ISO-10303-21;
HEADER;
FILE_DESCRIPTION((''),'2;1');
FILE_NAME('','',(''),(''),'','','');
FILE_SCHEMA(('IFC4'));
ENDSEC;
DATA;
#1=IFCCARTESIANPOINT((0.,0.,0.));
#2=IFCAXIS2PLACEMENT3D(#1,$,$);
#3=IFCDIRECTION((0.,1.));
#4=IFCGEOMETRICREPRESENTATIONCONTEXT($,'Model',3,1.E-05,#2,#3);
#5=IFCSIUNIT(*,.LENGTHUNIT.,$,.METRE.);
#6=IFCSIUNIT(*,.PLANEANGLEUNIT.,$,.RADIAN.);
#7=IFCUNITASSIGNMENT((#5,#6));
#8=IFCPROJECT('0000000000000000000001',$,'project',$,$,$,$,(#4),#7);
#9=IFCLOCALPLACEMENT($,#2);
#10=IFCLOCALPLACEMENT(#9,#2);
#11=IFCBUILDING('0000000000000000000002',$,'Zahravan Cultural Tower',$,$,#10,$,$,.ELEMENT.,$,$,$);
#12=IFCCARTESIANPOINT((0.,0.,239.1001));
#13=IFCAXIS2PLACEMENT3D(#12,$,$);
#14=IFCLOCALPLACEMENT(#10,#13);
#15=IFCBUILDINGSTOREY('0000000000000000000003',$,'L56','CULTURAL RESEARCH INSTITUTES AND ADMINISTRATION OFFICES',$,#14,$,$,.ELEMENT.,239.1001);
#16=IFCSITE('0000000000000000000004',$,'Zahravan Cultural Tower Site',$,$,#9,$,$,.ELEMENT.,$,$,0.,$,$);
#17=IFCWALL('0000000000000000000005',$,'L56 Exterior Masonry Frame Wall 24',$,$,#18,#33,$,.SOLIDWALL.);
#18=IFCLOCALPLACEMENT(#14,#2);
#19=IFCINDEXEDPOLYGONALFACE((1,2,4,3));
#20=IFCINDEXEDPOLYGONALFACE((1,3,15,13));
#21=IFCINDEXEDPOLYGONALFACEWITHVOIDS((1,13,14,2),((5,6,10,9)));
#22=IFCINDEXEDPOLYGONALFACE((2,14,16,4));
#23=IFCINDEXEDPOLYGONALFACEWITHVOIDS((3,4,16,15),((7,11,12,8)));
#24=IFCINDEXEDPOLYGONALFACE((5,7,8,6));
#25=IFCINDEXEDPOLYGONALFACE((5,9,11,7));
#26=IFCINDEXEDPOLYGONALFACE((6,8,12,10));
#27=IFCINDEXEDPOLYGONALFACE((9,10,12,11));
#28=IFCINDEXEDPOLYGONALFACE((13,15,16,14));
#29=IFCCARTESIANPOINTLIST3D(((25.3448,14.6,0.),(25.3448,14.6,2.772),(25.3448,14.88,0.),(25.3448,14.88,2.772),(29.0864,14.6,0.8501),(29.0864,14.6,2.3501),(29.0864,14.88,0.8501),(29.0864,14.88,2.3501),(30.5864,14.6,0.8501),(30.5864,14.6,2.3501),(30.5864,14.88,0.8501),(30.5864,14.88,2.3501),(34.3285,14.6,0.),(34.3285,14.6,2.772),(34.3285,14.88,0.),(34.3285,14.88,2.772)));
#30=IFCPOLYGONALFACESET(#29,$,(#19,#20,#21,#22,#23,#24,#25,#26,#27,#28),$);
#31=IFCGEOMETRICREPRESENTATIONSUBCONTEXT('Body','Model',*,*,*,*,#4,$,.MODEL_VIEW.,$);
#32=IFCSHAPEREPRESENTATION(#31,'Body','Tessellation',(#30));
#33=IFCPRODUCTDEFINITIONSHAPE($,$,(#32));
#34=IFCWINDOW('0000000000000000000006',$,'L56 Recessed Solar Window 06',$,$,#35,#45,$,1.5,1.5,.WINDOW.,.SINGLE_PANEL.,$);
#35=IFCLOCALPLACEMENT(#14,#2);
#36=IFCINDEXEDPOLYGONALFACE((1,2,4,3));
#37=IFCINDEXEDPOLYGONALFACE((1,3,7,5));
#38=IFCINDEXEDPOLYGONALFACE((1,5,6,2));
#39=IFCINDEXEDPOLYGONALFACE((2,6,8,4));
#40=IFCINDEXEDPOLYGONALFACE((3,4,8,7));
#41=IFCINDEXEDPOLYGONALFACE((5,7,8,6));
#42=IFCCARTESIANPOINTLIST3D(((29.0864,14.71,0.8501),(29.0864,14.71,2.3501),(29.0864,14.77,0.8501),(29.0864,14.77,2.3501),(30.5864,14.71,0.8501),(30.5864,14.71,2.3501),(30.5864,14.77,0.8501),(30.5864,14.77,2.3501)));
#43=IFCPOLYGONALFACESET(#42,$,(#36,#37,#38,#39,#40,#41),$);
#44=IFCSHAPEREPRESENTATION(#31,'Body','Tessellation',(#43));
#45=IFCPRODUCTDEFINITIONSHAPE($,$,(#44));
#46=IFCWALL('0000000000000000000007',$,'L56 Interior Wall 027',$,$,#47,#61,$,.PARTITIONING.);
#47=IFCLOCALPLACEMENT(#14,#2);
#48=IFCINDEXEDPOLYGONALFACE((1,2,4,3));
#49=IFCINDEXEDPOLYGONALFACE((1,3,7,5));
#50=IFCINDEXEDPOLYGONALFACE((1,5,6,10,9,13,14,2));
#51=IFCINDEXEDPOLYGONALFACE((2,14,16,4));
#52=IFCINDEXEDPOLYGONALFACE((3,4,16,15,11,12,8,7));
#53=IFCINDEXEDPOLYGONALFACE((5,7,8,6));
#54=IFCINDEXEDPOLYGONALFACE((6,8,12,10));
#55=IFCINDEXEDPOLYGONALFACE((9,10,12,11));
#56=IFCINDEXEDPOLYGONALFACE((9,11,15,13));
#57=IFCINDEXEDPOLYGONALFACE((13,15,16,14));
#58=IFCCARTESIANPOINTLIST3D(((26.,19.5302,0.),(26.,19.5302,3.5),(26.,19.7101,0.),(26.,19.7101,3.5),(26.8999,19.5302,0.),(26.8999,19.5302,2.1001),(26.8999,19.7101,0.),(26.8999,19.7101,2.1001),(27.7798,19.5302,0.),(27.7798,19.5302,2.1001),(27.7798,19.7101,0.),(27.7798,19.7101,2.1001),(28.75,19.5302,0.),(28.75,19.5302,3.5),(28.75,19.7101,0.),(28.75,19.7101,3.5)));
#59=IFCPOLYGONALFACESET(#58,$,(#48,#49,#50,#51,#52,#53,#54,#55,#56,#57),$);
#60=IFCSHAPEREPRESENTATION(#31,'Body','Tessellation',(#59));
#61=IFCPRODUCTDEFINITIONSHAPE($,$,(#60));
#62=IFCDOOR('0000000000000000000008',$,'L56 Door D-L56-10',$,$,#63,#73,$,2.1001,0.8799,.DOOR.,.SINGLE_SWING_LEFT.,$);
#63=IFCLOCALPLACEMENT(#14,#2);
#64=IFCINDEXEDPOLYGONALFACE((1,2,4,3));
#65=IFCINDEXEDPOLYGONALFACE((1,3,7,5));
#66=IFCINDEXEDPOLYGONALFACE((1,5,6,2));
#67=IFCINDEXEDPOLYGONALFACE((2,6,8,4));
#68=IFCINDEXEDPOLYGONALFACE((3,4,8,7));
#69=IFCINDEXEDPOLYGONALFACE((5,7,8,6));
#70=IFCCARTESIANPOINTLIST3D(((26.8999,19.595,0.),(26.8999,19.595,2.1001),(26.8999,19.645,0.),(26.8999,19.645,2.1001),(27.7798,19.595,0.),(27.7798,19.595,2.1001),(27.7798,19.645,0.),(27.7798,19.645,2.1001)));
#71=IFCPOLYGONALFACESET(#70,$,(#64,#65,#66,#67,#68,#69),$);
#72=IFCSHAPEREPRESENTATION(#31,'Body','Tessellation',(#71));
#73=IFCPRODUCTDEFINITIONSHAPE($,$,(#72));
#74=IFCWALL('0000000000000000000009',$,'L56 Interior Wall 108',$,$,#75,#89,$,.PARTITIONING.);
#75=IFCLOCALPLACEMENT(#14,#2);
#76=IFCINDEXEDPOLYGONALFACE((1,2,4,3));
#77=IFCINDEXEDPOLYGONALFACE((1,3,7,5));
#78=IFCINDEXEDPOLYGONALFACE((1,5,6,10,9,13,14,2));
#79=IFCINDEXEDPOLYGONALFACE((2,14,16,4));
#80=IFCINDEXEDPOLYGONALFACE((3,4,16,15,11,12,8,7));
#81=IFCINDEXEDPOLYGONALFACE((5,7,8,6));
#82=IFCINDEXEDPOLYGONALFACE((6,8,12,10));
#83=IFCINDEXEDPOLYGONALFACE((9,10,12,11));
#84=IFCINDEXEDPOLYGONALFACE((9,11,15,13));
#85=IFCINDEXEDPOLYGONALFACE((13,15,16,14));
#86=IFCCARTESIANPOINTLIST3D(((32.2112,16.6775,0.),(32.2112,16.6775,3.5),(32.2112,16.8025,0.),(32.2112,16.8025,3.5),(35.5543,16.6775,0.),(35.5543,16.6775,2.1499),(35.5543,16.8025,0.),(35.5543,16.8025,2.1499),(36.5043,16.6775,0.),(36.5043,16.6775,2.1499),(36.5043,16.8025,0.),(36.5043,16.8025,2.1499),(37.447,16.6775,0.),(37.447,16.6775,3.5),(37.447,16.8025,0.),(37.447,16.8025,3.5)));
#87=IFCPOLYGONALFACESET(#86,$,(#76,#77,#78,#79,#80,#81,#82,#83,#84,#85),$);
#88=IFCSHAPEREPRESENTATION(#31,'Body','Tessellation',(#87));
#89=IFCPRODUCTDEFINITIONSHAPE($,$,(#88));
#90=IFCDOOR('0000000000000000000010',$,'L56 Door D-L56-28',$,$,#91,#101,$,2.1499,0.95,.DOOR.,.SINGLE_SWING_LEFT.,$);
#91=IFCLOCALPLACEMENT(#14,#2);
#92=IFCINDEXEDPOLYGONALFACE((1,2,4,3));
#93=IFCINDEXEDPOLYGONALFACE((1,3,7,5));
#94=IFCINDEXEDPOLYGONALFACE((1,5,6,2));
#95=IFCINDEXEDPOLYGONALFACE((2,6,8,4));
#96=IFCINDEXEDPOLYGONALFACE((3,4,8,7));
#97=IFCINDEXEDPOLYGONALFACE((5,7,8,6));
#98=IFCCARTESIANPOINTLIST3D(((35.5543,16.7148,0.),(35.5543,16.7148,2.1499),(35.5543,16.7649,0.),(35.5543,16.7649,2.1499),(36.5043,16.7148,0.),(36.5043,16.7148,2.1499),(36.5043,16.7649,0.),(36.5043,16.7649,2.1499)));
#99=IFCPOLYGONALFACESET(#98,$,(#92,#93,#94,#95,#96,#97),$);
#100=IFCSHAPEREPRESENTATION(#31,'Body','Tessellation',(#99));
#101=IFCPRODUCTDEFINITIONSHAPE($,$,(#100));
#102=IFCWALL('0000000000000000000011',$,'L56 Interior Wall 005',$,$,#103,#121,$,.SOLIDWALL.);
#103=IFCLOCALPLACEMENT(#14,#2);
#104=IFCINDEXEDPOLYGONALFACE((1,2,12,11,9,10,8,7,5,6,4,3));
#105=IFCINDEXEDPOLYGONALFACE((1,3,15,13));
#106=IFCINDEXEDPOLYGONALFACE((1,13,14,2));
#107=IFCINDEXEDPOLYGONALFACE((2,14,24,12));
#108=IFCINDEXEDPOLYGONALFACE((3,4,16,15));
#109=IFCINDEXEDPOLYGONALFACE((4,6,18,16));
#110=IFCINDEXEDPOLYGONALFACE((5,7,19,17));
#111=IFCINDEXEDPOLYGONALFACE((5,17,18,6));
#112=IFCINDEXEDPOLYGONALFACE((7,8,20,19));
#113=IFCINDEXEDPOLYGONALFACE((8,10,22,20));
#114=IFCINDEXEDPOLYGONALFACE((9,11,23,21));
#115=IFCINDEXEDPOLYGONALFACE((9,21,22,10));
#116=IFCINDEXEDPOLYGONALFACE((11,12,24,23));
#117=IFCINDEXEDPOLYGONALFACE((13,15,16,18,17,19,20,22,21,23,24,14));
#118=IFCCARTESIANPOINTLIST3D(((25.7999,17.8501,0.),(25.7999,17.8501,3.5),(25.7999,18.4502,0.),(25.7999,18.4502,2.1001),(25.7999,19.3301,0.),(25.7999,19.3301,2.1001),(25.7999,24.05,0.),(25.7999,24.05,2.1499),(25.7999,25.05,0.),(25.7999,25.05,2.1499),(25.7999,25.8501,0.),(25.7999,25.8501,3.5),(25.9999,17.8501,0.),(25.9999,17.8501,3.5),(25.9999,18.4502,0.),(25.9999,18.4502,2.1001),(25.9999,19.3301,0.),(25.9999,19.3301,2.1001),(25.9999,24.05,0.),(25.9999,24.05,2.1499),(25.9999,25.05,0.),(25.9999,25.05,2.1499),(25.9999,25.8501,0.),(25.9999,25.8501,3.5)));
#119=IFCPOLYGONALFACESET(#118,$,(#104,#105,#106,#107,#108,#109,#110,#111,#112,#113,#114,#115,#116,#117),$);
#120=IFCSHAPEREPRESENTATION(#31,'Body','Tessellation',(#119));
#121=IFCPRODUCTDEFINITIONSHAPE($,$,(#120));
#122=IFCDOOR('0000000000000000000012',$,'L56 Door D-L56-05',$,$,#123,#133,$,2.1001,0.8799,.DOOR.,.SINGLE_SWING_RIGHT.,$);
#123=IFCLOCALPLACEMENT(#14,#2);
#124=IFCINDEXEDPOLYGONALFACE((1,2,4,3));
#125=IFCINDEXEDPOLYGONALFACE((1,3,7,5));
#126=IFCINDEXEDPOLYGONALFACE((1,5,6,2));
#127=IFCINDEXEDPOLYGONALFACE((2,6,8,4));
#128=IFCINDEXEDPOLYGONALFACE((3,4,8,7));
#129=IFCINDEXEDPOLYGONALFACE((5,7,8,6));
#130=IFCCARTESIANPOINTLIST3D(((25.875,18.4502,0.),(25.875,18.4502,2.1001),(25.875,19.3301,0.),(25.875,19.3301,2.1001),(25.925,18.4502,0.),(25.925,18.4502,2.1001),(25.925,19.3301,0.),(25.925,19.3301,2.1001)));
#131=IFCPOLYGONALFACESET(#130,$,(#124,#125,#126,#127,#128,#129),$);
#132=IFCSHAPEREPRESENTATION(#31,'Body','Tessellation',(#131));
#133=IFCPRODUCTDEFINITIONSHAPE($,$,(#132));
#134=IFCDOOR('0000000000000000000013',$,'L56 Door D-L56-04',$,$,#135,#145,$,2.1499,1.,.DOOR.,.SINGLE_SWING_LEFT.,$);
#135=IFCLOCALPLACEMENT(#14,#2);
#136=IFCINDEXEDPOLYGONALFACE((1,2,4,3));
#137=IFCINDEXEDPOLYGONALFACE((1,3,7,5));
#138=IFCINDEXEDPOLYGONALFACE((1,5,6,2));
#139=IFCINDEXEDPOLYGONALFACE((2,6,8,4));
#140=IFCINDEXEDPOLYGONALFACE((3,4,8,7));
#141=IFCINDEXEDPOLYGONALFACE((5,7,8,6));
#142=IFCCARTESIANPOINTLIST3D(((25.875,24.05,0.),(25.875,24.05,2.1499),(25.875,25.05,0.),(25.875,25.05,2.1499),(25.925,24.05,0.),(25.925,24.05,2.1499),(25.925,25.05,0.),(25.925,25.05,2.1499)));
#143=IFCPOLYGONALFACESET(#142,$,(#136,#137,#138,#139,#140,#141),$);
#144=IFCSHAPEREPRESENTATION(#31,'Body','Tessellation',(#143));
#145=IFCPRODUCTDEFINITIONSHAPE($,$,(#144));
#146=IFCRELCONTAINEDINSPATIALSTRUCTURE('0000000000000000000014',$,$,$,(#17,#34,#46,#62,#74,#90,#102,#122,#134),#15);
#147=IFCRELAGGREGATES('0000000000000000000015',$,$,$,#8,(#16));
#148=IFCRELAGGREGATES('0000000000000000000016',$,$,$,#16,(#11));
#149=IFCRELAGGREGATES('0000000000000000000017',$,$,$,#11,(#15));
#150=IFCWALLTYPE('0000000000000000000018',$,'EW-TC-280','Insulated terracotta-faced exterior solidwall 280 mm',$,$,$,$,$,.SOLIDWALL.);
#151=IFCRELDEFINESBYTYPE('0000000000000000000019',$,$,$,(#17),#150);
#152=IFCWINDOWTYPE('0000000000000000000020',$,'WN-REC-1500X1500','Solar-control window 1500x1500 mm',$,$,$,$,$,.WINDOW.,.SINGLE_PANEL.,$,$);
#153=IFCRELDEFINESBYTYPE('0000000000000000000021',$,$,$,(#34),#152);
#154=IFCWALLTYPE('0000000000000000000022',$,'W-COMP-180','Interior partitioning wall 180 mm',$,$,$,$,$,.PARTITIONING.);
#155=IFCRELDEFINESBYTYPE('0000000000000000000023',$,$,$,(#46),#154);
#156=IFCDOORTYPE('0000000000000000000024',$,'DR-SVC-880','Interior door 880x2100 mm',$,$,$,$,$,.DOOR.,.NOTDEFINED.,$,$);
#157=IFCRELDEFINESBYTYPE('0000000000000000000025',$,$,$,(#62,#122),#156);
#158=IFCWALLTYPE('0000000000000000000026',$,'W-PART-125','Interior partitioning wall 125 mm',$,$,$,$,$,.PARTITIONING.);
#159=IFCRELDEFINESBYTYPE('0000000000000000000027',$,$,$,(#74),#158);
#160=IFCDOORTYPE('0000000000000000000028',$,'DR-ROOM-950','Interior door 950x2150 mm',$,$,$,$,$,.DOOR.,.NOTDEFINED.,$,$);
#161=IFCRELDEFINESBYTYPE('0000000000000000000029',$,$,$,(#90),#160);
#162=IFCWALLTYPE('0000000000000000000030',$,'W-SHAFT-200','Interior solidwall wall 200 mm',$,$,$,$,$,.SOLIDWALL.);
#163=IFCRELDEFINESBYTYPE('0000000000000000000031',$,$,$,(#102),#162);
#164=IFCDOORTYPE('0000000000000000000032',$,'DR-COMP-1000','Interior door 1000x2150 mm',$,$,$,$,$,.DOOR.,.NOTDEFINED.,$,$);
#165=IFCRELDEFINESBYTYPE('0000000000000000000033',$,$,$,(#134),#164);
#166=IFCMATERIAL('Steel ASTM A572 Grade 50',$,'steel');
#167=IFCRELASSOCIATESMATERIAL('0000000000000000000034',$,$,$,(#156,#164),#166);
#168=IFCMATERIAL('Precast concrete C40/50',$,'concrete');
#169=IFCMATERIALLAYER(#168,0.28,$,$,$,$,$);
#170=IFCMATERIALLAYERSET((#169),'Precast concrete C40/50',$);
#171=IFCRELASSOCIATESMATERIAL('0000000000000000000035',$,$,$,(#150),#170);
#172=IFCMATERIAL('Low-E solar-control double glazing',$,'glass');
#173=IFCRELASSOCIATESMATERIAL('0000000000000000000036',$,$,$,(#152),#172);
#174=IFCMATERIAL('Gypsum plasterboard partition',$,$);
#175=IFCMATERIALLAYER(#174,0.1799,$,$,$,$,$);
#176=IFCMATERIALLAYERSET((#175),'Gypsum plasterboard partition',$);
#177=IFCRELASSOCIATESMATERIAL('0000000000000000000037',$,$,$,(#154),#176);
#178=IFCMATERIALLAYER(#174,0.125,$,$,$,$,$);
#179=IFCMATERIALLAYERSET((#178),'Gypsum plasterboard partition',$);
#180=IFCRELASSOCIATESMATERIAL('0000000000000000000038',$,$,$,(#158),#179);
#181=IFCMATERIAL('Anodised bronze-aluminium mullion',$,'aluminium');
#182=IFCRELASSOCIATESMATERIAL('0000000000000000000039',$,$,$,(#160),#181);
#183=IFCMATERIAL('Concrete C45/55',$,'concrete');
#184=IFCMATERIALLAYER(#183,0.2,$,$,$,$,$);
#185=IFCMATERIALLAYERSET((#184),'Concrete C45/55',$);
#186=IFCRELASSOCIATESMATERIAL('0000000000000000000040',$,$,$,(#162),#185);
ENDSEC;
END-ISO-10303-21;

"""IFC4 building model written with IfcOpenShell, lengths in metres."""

from ifc_helpers import new_model, si_unit, direction, frame, frame_2d, origin, place, context, subcontext, project, spatial, rectangle, extrude, source, transform, mapped, material, layer, layer_set, type_object, element, fill, save


model = new_model("IFC4")

# Units and contexts
model_context = context("Model", 3, precision=1e-05, world=origin(), true_north=direction((0.0, 1.0)))
body_context = subcontext(model_context, "Body", "Model", "MODEL_VIEW")
ifc_project = project(units=[si_unit("LENGTHUNIT", "METRE"), si_unit("PLANEANGLEUNIT", "RADIAN")], contexts=[model_context])

# Site, building, storey
site_placement = place(None, origin())
site = spatial("IfcSite", under=ifc_project, at=site_placement, Name="Zahravan Cultural Tower Site", CompositionType="ELEMENT", RefElevation=0.0)
building_placement = place(site_placement, origin())
building = spatial("IfcBuilding", under=site, at=building_placement, Name="Zahravan Cultural Tower", CompositionType="ELEMENT")
storey_placement = place(building_placement, frame((0.0, 0.0, 239.1001)))
storey = spatial("IfcBuildingStorey", under=building, at=storey_placement, Name="L56", Description="CULTURAL RESEARCH INSTITUTES AND ADMINISTRATION OFFICES", CompositionType="ELEMENT", Elevation=239.1001)

# Shared definitions
ifc_material_1 = material(Name="Steel ASTM A572 Grade 50", Category="steel")
door_type_1 = type_object("IfcDoorType", Name="DR-SVC-880", Description="Interior door 880x2100 mm", OperationType="NOTDEFINED", PredefinedType="DOOR", material=ifc_material_1)
shared_shape_1 = source(origin(), body_context, "Body", "SweptSolid", [
    extrude(rectangle(XDim=0.8799, YDim=2.1001, at=frame_2d((0.4399, 1.05))), frame((0.0, 0.0249, 0.0), z_axis=(0.0, -1.0, 0.0), x_axis=(1.0, 0.0, 0.0)), (0.0, 0.0, 1.0), 0.05),
])

# Wall, opening, window
ifc_material_2 = material(Name="Precast concrete C40/50", Category="concrete")
ifc_layer_1 = layer(ifc_material_2, 0.28)
ifc_layer_set_1 = layer_set([ifc_layer_1], Name="Precast concrete C40/50")
wall_type_1 = type_object("IfcWallType", Name="EW-TC-280", Description="Insulated terracotta-faced exterior solidwall 280 mm", PredefinedType="SOLIDWALL", material=ifc_layer_set_1)
wall_1_placement = place(storey_placement, frame((34.3284, 14.74, 0.0), z_axis=(0.0, 0.0, 1.0), x_axis=(-1.0, 0.0, 0.0)))
wall_1 = element("IfcWall", 1, at=wall_1_placement, inside=storey, type_object=wall_type_1, Name="L56 Exterior Masonry Frame Wall 24", PredefinedType="SOLIDWALL", context=body_context, shape_type="SweptSolid", body=[
    extrude(rectangle(XDim=8.9836, YDim=0.28, at=frame_2d((4.4917, 0.0))), origin(), (0.0, 0.0, 1.0), 2.772),
])
opening_1_placement = place(wall_1_placement, frame((3.7419, 0.0, 0.8501)))
opening_1 = element("IfcOpeningElement", 2, at=opening_1_placement, cuts=wall_1, PredefinedType="OPENING", context=body_context, shape_type="SweptSolid", body=[
    extrude(rectangle(XDim=1.5, YDim=1.5, at=frame_2d((0.75, 0.75))), frame((0.0, 0.1499, 0.0), z_axis=(0.0, -1.0, 0.0), x_axis=(1.0, 0.0, 0.0)), (0.0, 0.0, 1.0), 0.3),
])
ifc_material_3 = material(Name="Low-E solar-control double glazing", Category="glass")
window_type = type_object("IfcWindowType", Name="WN-REC-1500X1500", Description="Solar-control window 1500x1500 mm", PartitioningType="SINGLE_PANEL", PredefinedType="WINDOW", material=ifc_material_3)
shared_shape_2 = source(origin(), body_context, "Body", "SweptSolid", [
    extrude(rectangle(XDim=1.5, YDim=1.5, at=frame_2d((0.75, 0.75))), frame((0.0, 0.03, 0.0), z_axis=(0.0, -1.0, 0.0), x_axis=(1.0, 0.0, 0.0)), (0.0, 0.0, 1.0), 0.0601),
])
window_placement = place(opening_1_placement, origin())
window = element("IfcWindow", 3, at=window_placement, inside=storey, type_object=window_type, Name="L56 Recessed Solar Window 06", OverallHeight=1.5, OverallWidth=1.5, PartitioningType="SINGLE_PANEL", PredefinedType="WINDOW", context=body_context, shape_type="MappedRepresentation", body=[
    mapped(shared_shape_2, transform((0.0, 0.0, 0.0), x_axis=(1.0, 0.0, 0.0), y_axis=(0.0, 1.0, 0.0), z_axis=(0.0, 0.0, 1.0), scale=1.0)),
])
fill(opening_1, window)

# Walls, openings, doors
ifc_material_4 = material(Name="Gypsum plasterboard partition")
ifc_layer_2 = layer(ifc_material_4, 0.1799)
ifc_layer_set_2 = layer_set([ifc_layer_2], Name="Gypsum plasterboard partition")
wall_type_2 = type_object("IfcWallType", Name="W-COMP-180", Description="Interior partitioning wall 180 mm", PredefinedType="PARTITIONING", material=ifc_layer_set_2)
wall_2_placement = place(storey_placement, frame((26.0, 19.6201, 0.0), z_axis=(0.0, 0.0, 1.0), x_axis=(1.0, 0.0, 0.0)))
wall_2 = element("IfcWall", 4, at=wall_2_placement, inside=storey, type_object=wall_type_2, Name="L56 Interior Wall 027", PredefinedType="PARTITIONING", context=body_context, shape_type="SweptSolid", body=[
    extrude(rectangle(XDim=2.75, YDim=0.1799, at=frame_2d((1.375, 0.0))), origin(), (0.0, 0.0, 1.0), 3.5),
])
opening_2_placement = place(wall_2_placement, frame((0.8999, 0.0, 0.0)))
opening_2 = element("IfcOpeningElement", 5, at=opening_2_placement, cuts=wall_2, PredefinedType="OPENING", context=body_context, shape_type="SweptSolid", body=[
    extrude(rectangle(XDim=0.8799, YDim=2.1001, at=frame_2d((0.4399, 1.05))), frame((0.0, 0.0999, 0.0), z_axis=(0.0, -1.0, 0.0), x_axis=(1.0, 0.0, 0.0)), (0.0, 0.0, 1.0), 0.2),
])
door_1_placement = place(opening_2_placement, origin())
door_1 = element("IfcDoor", 6, at=door_1_placement, inside=storey, type_object=door_type_1, Name="L56 Door D-L56-10", OperationType="SINGLE_SWING_LEFT", OverallHeight=2.1001, OverallWidth=0.8799, PredefinedType="DOOR", context=body_context, shape_type="MappedRepresentation", body=[
    mapped(shared_shape_1, transform((0.0, 0.0, 0.0), x_axis=(1.0, 0.0, 0.0), y_axis=(0.0, 1.0, 0.0), z_axis=(0.0, 0.0, 1.0), scale=1.0)),
])
fill(opening_2, door_1)
ifc_layer_3 = layer(ifc_material_4, 0.125)
ifc_layer_set_3 = layer_set([ifc_layer_3], Name="Gypsum plasterboard partition")
wall_type_3 = type_object("IfcWallType", Name="W-PART-125", Description="Interior partitioning wall 125 mm", PredefinedType="PARTITIONING", material=ifc_layer_set_3)
wall_3_placement = place(storey_placement, frame((32.2112, 16.74, 0.0), z_axis=(0.0, 0.0, 1.0), x_axis=(1.0, 0.0, 0.0)))
wall_3 = element("IfcWall", 7, at=wall_3_placement, inside=storey, type_object=wall_type_3, Name="L56 Interior Wall 108", PredefinedType="PARTITIONING", context=body_context, shape_type="SweptSolid", body=[
    extrude(rectangle(XDim=5.2358, YDim=0.125, at=frame_2d((2.6179, 0.0))), origin(), (0.0, 0.0, 1.0), 3.5),
])
opening_3_placement = place(wall_3_placement, frame((3.343, 0.0, 0.0)))
opening_3 = element("IfcOpeningElement", 8, at=opening_3_placement, cuts=wall_3, PredefinedType="OPENING", context=body_context, shape_type="SweptSolid", body=[
    extrude(rectangle(XDim=0.95, YDim=2.1499, at=frame_2d((0.4751, 1.075))), frame((0.0, 0.0725, 0.0), z_axis=(0.0, -1.0, 0.0), x_axis=(1.0, 0.0, 0.0)), (0.0, 0.0, 1.0), 0.145),
])
ifc_material_5 = material(Name="Anodised bronze-aluminium mullion", Category="aluminium")
door_type_2 = type_object("IfcDoorType", Name="DR-ROOM-950", Description="Interior door 950x2150 mm", OperationType="NOTDEFINED", PredefinedType="DOOR", material=ifc_material_5)
shared_shape_3 = source(origin(), body_context, "Body", "SweptSolid", [
    extrude(rectangle(XDim=0.95, YDim=2.1499, at=frame_2d((0.4751, 1.075))), frame((0.0, 0.0249, 0.0), z_axis=(0.0, -1.0, 0.0), x_axis=(1.0, 0.0, 0.0)), (0.0, 0.0, 1.0), 0.05),
])
door_2_placement = place(opening_3_placement, origin())
door_2 = element("IfcDoor", 9, at=door_2_placement, inside=storey, type_object=door_type_2, Name="L56 Door D-L56-28", OperationType="SINGLE_SWING_LEFT", OverallHeight=2.1499, OverallWidth=0.95, PredefinedType="DOOR", context=body_context, shape_type="MappedRepresentation", body=[
    mapped(shared_shape_3, transform((0.0, 0.0, 0.0), x_axis=(1.0, 0.0, 0.0), y_axis=(0.0, 1.0, 0.0), z_axis=(0.0, 0.0, 1.0), scale=1.0)),
])
fill(opening_3, door_2)

# Wall, openings, doors
ifc_material_6 = material(Name="Concrete C45/55", Category="concrete")
ifc_layer_4 = layer(ifc_material_6, 0.2)
ifc_layer_set_4 = layer_set([ifc_layer_4], Name="Concrete C45/55")
wall_type_4 = type_object("IfcWallType", Name="W-SHAFT-200", Description="Interior solidwall wall 200 mm", PredefinedType="SOLIDWALL", material=ifc_layer_set_4)
wall_4_placement = place(storey_placement, frame((25.8999, 17.8501, 0.0), z_axis=(0.0, 0.0, 1.0), x_axis=(0.0, 1.0, 0.0)))
wall_4 = element("IfcWall", 10, at=wall_4_placement, inside=storey, type_object=wall_type_4, Name="L56 Interior Wall 005", PredefinedType="SOLIDWALL", context=body_context, shape_type="SweptSolid", body=[
    extrude(rectangle(XDim=8.0, YDim=0.2, at=frame_2d((4.0, 0.0))), origin(), (0.0, 0.0, 1.0), 3.5),
])
opening_4_placement = place(wall_4_placement, frame((6.2, 0.0, 0.0)))
opening_4 = element("IfcOpeningElement", 11, at=opening_4_placement, cuts=wall_4, PredefinedType="OPENING", context=body_context, shape_type="SweptSolid", body=[
    extrude(rectangle(XDim=1.0, YDim=2.1499, at=frame_2d((0.5, 1.075))), frame((0.0, 0.1099, 0.0), z_axis=(0.0, -1.0, 0.0), x_axis=(1.0, 0.0, 0.0)), (0.0, 0.0, 1.0), 0.22),
])
opening_5_placement = place(wall_4_placement, frame((0.6001, 0.0, 0.0)))
opening_5 = element("IfcOpeningElement", 12, at=opening_5_placement, cuts=wall_4, PredefinedType="OPENING", context=body_context, shape_type="SweptSolid", body=[
    extrude(rectangle(XDim=0.8799, YDim=2.1001, at=frame_2d((0.4399, 1.05))), frame((0.0, 0.1099, 0.0), z_axis=(0.0, -1.0, 0.0), x_axis=(1.0, 0.0, 0.0)), (0.0, 0.0, 1.0), 0.22),
])
door_3_placement = place(opening_5_placement, origin())
door_3 = element("IfcDoor", 13, at=door_3_placement, inside=storey, type_object=door_type_1, Name="L56 Door D-L56-05", OperationType="SINGLE_SWING_RIGHT", OverallHeight=2.1001, OverallWidth=0.8799, PredefinedType="DOOR", context=body_context, shape_type="MappedRepresentation", body=[
    mapped(shared_shape_1, transform((0.0, 0.0, 0.0), x_axis=(1.0, 0.0, 0.0), y_axis=(0.0, 1.0, 0.0), z_axis=(0.0, 0.0, 1.0), scale=1.0)),
])
fill(opening_5, door_3)
door_type_3 = type_object("IfcDoorType", Name="DR-COMP-1000", Description="Interior door 1000x2150 mm", OperationType="NOTDEFINED", PredefinedType="DOOR", material=ifc_material_1)
shared_shape_4 = source(origin(), body_context, "Body", "SweptSolid", [
    extrude(rectangle(XDim=1.0, YDim=2.1499, at=frame_2d((0.5, 1.075))), frame((0.0, 0.0249, 0.0), z_axis=(0.0, -1.0, 0.0), x_axis=(1.0, 0.0, 0.0)), (0.0, 0.0, 1.0), 0.05),
])
door_4_placement = place(opening_4_placement, origin())
door_4 = element("IfcDoor", 14, at=door_4_placement, inside=storey, type_object=door_type_3, Name="L56 Door D-L56-04", OperationType="SINGLE_SWING_LEFT", OverallHeight=2.1499, OverallWidth=1.0, PredefinedType="DOOR", context=body_context, shape_type="MappedRepresentation", body=[
    mapped(shared_shape_4, transform((0.0, 0.0, 0.0), x_axis=(1.0, 0.0, 0.0), y_axis=(0.0, 1.0, 0.0), z_axis=(0.0, 0.0, 1.0), scale=1.0)),
])
fill(opening_4, door_4)

save(model, "model.ifc")
